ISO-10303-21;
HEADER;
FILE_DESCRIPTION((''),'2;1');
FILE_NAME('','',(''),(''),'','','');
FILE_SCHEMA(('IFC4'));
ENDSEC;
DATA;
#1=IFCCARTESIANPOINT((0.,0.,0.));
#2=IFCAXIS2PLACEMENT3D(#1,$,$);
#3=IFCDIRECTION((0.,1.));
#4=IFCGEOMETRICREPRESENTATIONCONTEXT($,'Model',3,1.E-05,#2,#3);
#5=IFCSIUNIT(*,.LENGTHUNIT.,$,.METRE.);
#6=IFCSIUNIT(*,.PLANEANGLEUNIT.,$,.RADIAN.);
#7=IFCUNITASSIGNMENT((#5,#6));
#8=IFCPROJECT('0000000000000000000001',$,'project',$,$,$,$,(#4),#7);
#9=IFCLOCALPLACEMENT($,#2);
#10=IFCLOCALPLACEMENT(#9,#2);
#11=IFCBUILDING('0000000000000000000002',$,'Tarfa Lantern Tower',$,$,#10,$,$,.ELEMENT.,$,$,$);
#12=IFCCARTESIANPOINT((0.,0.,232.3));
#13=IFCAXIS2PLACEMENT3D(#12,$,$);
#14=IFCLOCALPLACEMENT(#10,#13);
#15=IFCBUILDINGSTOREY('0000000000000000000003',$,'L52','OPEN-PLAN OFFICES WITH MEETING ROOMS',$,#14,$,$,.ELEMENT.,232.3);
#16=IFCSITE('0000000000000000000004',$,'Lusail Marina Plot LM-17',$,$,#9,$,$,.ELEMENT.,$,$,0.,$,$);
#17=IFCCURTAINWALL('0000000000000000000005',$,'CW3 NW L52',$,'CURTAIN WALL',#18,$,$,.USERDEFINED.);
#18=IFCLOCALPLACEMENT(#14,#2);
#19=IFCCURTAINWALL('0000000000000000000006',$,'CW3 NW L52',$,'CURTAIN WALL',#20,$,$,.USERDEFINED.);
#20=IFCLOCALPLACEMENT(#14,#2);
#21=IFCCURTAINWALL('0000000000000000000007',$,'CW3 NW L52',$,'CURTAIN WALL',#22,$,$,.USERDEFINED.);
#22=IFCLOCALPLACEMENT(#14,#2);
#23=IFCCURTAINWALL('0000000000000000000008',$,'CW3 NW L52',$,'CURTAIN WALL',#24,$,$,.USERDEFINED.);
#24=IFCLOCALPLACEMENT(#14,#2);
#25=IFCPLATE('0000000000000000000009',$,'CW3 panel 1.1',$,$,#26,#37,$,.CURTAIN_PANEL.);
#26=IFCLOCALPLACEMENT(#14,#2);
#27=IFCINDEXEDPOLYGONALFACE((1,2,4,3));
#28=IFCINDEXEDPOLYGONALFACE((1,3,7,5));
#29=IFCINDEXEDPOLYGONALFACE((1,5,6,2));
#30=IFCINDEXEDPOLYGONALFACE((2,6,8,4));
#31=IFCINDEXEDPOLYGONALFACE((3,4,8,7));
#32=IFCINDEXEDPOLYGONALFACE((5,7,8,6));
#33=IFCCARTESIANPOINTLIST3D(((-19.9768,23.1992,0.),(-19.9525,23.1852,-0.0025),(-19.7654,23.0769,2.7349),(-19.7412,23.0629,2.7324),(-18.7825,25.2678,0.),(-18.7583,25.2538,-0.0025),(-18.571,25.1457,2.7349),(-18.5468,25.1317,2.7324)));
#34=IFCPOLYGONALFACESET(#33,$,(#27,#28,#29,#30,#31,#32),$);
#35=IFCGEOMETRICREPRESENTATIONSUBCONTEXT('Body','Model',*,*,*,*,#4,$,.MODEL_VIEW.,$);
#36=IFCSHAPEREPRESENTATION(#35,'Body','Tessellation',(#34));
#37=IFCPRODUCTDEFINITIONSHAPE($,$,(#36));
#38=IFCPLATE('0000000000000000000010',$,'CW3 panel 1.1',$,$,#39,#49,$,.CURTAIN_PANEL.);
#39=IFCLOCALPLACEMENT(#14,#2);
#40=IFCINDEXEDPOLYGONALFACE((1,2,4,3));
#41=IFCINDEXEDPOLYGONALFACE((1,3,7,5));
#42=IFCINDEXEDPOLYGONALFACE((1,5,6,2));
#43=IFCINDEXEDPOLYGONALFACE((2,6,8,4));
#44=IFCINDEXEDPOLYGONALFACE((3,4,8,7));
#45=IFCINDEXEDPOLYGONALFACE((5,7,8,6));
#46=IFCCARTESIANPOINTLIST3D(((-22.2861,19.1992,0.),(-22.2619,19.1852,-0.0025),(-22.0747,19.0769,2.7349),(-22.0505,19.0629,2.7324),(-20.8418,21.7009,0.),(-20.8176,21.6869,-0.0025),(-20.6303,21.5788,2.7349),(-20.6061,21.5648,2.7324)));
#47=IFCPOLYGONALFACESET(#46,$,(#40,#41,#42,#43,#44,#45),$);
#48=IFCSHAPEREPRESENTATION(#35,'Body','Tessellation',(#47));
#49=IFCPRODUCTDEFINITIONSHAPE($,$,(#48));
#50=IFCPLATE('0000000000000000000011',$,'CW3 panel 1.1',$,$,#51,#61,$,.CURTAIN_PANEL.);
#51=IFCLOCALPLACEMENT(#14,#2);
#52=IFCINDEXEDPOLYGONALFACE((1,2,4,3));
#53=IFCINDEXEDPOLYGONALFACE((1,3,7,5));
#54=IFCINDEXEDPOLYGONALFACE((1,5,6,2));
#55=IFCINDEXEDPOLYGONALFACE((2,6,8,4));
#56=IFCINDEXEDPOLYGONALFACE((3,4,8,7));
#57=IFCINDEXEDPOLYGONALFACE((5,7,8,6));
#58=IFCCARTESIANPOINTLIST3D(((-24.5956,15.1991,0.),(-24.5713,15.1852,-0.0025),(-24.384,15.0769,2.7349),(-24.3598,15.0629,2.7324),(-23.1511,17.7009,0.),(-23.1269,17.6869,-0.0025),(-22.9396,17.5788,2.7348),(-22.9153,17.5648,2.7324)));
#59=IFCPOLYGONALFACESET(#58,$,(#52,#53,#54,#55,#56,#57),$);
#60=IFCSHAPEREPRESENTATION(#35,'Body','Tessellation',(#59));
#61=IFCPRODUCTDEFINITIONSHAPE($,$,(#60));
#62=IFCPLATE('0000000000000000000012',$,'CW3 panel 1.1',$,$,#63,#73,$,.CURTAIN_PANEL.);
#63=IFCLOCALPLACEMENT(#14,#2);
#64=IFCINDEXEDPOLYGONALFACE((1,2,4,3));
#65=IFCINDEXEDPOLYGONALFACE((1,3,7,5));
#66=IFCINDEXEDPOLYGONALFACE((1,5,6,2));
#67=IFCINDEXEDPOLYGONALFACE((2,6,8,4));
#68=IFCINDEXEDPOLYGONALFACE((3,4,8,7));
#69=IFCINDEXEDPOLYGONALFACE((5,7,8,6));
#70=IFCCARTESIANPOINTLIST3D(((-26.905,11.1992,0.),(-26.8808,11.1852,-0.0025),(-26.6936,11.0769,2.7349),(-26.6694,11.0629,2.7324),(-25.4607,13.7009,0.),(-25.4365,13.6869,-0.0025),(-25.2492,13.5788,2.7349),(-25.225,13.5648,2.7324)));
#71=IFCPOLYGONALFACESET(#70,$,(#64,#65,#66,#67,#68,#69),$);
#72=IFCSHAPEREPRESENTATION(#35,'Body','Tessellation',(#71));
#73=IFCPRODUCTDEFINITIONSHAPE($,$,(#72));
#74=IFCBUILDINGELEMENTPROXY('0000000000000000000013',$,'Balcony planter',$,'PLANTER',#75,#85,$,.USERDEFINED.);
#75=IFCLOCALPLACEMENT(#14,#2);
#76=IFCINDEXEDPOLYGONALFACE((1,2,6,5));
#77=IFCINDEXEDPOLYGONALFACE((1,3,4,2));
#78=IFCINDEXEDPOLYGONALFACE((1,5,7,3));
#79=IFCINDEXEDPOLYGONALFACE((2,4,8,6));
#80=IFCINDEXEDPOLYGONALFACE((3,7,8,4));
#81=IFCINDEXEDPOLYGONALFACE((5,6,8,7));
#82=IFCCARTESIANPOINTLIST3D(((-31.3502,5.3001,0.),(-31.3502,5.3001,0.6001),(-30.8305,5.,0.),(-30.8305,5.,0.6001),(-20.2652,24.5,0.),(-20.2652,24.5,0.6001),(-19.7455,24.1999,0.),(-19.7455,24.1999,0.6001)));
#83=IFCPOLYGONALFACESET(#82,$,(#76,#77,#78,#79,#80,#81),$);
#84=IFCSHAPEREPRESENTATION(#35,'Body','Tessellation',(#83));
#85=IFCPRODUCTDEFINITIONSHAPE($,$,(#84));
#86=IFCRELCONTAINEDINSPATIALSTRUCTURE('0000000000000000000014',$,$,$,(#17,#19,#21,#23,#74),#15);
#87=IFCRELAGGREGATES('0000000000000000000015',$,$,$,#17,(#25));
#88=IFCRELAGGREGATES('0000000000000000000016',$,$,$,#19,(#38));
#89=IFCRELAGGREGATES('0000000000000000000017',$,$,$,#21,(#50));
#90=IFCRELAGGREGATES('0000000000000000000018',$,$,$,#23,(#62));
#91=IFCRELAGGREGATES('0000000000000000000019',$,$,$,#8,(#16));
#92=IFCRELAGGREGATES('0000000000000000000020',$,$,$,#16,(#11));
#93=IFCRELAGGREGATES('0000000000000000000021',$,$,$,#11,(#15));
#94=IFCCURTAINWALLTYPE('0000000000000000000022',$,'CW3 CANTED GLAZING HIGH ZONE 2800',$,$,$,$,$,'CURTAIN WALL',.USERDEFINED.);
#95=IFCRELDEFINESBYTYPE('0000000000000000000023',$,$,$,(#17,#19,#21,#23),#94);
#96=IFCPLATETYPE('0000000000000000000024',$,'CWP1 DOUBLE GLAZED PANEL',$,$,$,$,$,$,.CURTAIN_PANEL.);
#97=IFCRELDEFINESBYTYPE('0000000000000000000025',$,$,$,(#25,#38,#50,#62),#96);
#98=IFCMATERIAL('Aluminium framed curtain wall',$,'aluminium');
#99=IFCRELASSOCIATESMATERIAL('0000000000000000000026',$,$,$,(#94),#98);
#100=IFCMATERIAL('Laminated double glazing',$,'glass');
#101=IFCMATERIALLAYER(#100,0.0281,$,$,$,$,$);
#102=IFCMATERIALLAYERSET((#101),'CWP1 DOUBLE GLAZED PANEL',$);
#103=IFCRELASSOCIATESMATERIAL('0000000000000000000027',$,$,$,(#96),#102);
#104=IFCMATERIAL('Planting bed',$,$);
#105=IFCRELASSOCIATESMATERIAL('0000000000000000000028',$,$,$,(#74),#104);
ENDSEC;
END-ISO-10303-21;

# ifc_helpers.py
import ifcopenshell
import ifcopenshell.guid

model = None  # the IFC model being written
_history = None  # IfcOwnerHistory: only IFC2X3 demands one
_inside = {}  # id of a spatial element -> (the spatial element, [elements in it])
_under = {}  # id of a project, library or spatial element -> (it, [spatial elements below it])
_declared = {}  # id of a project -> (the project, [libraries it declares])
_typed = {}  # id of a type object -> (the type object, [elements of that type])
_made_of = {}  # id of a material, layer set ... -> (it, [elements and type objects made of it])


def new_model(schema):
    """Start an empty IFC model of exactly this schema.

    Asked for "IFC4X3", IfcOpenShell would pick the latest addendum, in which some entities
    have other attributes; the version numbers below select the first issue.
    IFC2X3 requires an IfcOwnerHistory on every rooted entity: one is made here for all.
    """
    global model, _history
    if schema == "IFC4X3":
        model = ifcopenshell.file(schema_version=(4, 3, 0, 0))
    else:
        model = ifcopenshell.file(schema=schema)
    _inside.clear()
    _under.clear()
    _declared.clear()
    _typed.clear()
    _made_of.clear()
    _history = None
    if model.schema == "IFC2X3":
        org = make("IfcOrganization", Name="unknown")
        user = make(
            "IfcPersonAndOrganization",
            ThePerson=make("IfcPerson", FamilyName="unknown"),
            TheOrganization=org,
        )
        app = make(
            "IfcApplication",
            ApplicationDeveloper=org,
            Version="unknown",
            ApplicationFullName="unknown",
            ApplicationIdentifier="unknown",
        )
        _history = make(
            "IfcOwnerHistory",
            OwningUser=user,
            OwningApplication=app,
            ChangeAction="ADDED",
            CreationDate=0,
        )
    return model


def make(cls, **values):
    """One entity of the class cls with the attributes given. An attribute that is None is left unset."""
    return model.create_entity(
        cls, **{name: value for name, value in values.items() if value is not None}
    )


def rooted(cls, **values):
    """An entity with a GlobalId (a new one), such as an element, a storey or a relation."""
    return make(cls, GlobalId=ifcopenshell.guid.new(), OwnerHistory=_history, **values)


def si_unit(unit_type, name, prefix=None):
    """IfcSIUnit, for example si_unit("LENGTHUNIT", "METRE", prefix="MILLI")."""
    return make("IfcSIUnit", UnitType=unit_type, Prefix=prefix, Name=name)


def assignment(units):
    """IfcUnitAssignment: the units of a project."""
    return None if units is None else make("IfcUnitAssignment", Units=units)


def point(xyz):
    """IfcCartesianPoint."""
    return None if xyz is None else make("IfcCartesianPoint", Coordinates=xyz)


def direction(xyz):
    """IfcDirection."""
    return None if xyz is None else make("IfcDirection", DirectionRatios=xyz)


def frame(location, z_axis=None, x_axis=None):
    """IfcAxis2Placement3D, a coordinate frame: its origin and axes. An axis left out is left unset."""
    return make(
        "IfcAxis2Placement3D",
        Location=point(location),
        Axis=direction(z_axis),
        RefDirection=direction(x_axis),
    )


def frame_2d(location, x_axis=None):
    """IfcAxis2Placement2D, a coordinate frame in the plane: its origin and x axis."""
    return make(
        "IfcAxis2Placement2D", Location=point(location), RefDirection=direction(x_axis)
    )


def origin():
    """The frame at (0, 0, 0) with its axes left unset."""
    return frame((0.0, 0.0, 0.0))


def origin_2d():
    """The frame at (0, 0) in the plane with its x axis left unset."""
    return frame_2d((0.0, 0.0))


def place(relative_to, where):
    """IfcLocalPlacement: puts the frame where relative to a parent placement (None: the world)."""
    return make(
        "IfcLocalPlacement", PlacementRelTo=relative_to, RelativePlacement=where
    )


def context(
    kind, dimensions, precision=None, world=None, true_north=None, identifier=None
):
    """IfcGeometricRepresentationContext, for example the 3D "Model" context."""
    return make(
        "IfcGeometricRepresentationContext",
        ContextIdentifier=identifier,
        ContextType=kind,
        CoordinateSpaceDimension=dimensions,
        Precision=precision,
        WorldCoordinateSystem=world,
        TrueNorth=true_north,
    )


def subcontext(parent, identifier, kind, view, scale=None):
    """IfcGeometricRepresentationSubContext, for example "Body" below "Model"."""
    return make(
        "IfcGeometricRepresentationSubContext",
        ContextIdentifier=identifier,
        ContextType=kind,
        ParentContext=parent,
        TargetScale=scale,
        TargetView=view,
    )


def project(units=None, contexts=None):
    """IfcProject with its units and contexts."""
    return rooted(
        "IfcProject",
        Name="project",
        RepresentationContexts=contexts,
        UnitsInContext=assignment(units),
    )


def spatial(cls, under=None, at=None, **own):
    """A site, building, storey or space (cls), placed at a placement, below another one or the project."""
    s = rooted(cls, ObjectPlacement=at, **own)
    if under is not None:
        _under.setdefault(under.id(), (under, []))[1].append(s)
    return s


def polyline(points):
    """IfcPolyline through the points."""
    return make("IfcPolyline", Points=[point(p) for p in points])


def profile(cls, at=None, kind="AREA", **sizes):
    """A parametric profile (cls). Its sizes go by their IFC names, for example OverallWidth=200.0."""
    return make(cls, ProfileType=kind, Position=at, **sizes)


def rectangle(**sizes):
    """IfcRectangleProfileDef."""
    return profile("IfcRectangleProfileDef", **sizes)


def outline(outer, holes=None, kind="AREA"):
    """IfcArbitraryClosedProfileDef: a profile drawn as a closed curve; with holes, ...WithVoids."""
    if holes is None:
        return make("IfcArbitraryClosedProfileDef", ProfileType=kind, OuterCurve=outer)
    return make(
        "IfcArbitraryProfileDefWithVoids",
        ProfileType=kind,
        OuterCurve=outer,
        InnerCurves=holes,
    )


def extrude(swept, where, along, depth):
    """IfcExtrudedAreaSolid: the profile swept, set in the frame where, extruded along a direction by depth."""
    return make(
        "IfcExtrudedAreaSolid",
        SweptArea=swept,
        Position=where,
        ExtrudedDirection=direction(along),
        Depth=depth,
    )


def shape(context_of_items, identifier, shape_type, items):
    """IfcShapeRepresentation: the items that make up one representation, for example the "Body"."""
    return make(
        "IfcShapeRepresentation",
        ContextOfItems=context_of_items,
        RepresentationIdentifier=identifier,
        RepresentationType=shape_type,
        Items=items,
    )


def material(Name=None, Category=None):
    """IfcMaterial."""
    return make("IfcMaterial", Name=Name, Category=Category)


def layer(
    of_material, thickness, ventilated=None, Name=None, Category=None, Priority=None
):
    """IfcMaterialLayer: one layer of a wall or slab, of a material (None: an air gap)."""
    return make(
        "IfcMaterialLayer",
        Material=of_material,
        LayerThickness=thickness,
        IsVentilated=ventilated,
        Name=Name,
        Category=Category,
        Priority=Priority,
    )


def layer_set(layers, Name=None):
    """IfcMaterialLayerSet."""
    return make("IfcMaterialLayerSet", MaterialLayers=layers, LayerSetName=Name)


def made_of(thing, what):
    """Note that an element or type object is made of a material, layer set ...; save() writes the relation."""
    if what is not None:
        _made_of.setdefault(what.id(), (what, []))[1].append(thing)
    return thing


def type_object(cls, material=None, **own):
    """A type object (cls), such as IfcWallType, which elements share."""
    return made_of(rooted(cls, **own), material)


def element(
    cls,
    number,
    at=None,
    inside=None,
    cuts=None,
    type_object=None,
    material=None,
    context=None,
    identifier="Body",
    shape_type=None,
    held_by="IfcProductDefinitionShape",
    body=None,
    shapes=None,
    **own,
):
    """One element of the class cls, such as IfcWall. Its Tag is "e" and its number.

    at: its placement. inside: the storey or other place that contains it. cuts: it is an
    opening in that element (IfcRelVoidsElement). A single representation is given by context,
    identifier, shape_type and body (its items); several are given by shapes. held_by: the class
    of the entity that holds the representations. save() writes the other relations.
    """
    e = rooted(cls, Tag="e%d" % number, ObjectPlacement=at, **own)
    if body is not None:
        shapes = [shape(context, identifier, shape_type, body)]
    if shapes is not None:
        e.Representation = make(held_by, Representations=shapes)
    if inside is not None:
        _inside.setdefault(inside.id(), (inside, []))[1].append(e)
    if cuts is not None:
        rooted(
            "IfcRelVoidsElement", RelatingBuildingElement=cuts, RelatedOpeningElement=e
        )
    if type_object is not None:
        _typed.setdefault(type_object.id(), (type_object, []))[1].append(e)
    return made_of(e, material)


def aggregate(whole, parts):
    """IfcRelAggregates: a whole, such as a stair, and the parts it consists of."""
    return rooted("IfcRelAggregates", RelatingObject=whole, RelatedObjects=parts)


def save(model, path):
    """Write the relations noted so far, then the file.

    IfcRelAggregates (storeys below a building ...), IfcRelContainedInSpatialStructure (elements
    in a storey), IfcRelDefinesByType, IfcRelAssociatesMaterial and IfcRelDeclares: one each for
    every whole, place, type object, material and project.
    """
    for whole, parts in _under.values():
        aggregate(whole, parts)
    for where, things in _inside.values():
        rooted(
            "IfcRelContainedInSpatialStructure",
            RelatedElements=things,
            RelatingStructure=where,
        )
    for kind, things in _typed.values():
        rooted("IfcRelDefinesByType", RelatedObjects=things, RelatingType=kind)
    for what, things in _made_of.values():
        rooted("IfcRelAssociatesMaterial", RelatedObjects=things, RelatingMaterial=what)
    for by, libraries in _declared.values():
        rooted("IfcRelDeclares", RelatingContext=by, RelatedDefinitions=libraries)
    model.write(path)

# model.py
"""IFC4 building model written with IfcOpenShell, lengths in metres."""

from ifc_helpers import new_model, si_unit, direction, frame, origin, origin_2d, place, context, subcontext, project, spatial, polyline, rectangle, outline, extrude, material, layer, layer_set, type_object, element, aggregate, save


model = new_model("IFC4")

# Units and contexts
model_context = context("Model", 3, precision=1e-05, world=origin(), true_north=direction((0.0, 1.0)))
body_context = subcontext(model_context, "Body", "Model", "MODEL_VIEW")
ifc_project = project(units=[si_unit("LENGTHUNIT", "METRE"), si_unit("PLANEANGLEUNIT", "RADIAN")], contexts=[model_context])

# Site, building, storey
site_placement = place(None, origin())
site = spatial("IfcSite", under=ifc_project, at=site_placement, Name="Lusail Marina Plot LM-17", CompositionType="ELEMENT", RefElevation=0.0)
building_placement = place(site_placement, origin())
building = spatial("IfcBuilding", under=site, at=building_placement, Name="Tarfa Lantern Tower", CompositionType="ELEMENT")
storey_placement = place(building_placement, frame((0.0, 0.0, 232.3)))
storey = spatial("IfcBuildingStorey", under=building, at=storey_placement, Name="L52", Description="OPEN-PLAN OFFICES WITH MEETING ROOMS", CompositionType="ELEMENT", Elevation=232.3)

# Curtain wall
ifc_material_1 = material(Name="Aluminium framed curtain wall", Category="aluminium")
curtain_wall_type = type_object("IfcCurtainWallType", Name="CW3 CANTED GLAZING HIGH ZONE 2800", ElementType="CURTAIN WALL", PredefinedType="USERDEFINED", material=ifc_material_1)
curtain_wall_1_placement = place(storey_placement, origin())
curtain_wall_1 = element("IfcCurtainWall", 1, at=curtain_wall_1_placement, inside=storey, type_object=curtain_wall_type, Name="CW3 NW L52", ObjectType="CURTAIN WALL", PredefinedType="USERDEFINED")

# Curtain walls
curtain_wall_2_placement = place(storey_placement, origin())
curtain_wall_2 = element("IfcCurtainWall", 2, at=curtain_wall_2_placement, inside=storey, type_object=curtain_wall_type, Name="CW3 NW L52", ObjectType="CURTAIN WALL", PredefinedType="USERDEFINED")
curtain_wall_3_placement = place(storey_placement, origin())
curtain_wall_3 = element("IfcCurtainWall", 3, at=curtain_wall_3_placement, inside=storey, type_object=curtain_wall_type, Name="CW3 NW L52", ObjectType="CURTAIN WALL", PredefinedType="USERDEFINED")

# Curtain wall
curtain_wall_4_placement = place(storey_placement, origin())
curtain_wall_4 = element("IfcCurtainWall", 4, at=curtain_wall_4_placement, inside=storey, type_object=curtain_wall_type, Name="CW3 NW L52", ObjectType="CURTAIN WALL", PredefinedType="USERDEFINED")

# Plates
ifc_material_2 = material(Name="Laminated double glazing", Category="glass")
ifc_layer = layer(ifc_material_2, 0.0281)
ifc_layer_set = layer_set([ifc_layer], Name="CWP1 DOUBLE GLAZED PANEL")
plate_type = type_object("IfcPlateType", Name="CWP1 DOUBLE GLAZED PANEL", PredefinedType="CURTAIN_PANEL", material=ifc_layer_set)
plate_1_placement = place(storey_placement, frame((-18.7825, 25.2678, 0.0), z_axis=(-0.862601, 0.498005, 0.088936), x_axis=(-0.499987, -0.866033, -0.000002)))
plate_1 = element("IfcPlate", 5, at=plate_1_placement, type_object=plate_type, Name="CW3 panel 1.1", PredefinedType="CURTAIN_PANEL", context=body_context, shape_type="SweptSolid", body=[
    extrude(outline(polyline([(0.0, 0.0), (2.3886, 0.0), (2.3888, 2.7457), (0.0, 2.7457), (0.0, 0.0)])), origin(), (0.0, 0.0, -1.0), 0.0281),
])
aggregate(curtain_wall_1, [plate_1])
plate_2_placement = place(storey_placement, frame((-20.8418, 21.7009, 0.0), z_axis=(-0.862608, 0.497994, 0.088936), x_axis=(-0.499975, -0.86604, -0.000002)))
plate_2 = element("IfcPlate", 6, at=plate_2_placement, type_object=plate_type, Name="CW3 panel 1.1", PredefinedType="CURTAIN_PANEL", context=body_context, shape_type="SweptSolid", body=[
    extrude(outline(polyline([(0.0, 0.0), (2.8887, 0.0), (2.8889, 2.7457), (0.0, 2.7457), (0.0, 0.0)])), origin(), (0.0, 0.0, -1.0), 0.0281),
])
aggregate(curtain_wall_2, [plate_2])
plate_3_placement = place(storey_placement, frame((-23.1511, 17.7009, 0.0), z_axis=(-0.862587, 0.498023, 0.088974), x_axis=(-0.500007, -0.866021, -0.000005)))
plate_3 = element("IfcPlate", 7, at=plate_3_placement, type_object=plate_type, Name="CW3 panel 1.1", PredefinedType="CURTAIN_PANEL", context=body_context, shape_type="SweptSolid", body=[
    extrude(outline(polyline([(0.0, 0.0), (2.8888, 0.0), (2.8889, 2.7458), (0.0, 2.7457), (0.0, 0.0)])), origin(), (0.0, 0.0, -1.0), 0.0281),
])
aggregate(curtain_wall_3, [plate_3])
plate_4_placement = place(storey_placement, frame((-25.4607, 13.7009, 0.0), z_axis=(-0.862608, 0.497994, 0.088936), x_axis=(-0.499975, -0.86604, -0.000002)))
plate_4 = element("IfcPlate", 8, at=plate_4_placement, type_object=plate_type, Name="CW3 panel 1.1", PredefinedType="CURTAIN_PANEL", context=body_context, shape_type="SweptSolid", body=[
    extrude(outline(polyline([(0.0, 0.0), (2.8887, 0.0), (2.8889, 2.7457), (0.0, 2.7457), (0.0, 0.0)])), origin(), (0.0, 0.0, -1.0), 0.0281),
])
aggregate(curtain_wall_4, [plate_4])

# Building element proxy
ifc_material_3 = material(Name="Planting bed")
proxy_placement = place(storey_placement, frame((-25.5479, 14.75, 0.0), z_axis=(0.0, 0.0, 1.0), x_axis=(-0.5, -0.866025, 0.0)))
element("IfcBuildingElementProxy", 9, at=proxy_placement, inside=storey, material=ifc_material_3, Name="Balcony planter", ObjectType="PLANTER", PredefinedType="USERDEFINED", context=body_context, shape_type="SweptSolid", body=[
    extrude(rectangle(XDim=22.1702, YDim=0.6001, at=origin_2d()), origin(), (0.0, 0.0, 1.0), 0.6001),
])

save(model, "model.ifc")
